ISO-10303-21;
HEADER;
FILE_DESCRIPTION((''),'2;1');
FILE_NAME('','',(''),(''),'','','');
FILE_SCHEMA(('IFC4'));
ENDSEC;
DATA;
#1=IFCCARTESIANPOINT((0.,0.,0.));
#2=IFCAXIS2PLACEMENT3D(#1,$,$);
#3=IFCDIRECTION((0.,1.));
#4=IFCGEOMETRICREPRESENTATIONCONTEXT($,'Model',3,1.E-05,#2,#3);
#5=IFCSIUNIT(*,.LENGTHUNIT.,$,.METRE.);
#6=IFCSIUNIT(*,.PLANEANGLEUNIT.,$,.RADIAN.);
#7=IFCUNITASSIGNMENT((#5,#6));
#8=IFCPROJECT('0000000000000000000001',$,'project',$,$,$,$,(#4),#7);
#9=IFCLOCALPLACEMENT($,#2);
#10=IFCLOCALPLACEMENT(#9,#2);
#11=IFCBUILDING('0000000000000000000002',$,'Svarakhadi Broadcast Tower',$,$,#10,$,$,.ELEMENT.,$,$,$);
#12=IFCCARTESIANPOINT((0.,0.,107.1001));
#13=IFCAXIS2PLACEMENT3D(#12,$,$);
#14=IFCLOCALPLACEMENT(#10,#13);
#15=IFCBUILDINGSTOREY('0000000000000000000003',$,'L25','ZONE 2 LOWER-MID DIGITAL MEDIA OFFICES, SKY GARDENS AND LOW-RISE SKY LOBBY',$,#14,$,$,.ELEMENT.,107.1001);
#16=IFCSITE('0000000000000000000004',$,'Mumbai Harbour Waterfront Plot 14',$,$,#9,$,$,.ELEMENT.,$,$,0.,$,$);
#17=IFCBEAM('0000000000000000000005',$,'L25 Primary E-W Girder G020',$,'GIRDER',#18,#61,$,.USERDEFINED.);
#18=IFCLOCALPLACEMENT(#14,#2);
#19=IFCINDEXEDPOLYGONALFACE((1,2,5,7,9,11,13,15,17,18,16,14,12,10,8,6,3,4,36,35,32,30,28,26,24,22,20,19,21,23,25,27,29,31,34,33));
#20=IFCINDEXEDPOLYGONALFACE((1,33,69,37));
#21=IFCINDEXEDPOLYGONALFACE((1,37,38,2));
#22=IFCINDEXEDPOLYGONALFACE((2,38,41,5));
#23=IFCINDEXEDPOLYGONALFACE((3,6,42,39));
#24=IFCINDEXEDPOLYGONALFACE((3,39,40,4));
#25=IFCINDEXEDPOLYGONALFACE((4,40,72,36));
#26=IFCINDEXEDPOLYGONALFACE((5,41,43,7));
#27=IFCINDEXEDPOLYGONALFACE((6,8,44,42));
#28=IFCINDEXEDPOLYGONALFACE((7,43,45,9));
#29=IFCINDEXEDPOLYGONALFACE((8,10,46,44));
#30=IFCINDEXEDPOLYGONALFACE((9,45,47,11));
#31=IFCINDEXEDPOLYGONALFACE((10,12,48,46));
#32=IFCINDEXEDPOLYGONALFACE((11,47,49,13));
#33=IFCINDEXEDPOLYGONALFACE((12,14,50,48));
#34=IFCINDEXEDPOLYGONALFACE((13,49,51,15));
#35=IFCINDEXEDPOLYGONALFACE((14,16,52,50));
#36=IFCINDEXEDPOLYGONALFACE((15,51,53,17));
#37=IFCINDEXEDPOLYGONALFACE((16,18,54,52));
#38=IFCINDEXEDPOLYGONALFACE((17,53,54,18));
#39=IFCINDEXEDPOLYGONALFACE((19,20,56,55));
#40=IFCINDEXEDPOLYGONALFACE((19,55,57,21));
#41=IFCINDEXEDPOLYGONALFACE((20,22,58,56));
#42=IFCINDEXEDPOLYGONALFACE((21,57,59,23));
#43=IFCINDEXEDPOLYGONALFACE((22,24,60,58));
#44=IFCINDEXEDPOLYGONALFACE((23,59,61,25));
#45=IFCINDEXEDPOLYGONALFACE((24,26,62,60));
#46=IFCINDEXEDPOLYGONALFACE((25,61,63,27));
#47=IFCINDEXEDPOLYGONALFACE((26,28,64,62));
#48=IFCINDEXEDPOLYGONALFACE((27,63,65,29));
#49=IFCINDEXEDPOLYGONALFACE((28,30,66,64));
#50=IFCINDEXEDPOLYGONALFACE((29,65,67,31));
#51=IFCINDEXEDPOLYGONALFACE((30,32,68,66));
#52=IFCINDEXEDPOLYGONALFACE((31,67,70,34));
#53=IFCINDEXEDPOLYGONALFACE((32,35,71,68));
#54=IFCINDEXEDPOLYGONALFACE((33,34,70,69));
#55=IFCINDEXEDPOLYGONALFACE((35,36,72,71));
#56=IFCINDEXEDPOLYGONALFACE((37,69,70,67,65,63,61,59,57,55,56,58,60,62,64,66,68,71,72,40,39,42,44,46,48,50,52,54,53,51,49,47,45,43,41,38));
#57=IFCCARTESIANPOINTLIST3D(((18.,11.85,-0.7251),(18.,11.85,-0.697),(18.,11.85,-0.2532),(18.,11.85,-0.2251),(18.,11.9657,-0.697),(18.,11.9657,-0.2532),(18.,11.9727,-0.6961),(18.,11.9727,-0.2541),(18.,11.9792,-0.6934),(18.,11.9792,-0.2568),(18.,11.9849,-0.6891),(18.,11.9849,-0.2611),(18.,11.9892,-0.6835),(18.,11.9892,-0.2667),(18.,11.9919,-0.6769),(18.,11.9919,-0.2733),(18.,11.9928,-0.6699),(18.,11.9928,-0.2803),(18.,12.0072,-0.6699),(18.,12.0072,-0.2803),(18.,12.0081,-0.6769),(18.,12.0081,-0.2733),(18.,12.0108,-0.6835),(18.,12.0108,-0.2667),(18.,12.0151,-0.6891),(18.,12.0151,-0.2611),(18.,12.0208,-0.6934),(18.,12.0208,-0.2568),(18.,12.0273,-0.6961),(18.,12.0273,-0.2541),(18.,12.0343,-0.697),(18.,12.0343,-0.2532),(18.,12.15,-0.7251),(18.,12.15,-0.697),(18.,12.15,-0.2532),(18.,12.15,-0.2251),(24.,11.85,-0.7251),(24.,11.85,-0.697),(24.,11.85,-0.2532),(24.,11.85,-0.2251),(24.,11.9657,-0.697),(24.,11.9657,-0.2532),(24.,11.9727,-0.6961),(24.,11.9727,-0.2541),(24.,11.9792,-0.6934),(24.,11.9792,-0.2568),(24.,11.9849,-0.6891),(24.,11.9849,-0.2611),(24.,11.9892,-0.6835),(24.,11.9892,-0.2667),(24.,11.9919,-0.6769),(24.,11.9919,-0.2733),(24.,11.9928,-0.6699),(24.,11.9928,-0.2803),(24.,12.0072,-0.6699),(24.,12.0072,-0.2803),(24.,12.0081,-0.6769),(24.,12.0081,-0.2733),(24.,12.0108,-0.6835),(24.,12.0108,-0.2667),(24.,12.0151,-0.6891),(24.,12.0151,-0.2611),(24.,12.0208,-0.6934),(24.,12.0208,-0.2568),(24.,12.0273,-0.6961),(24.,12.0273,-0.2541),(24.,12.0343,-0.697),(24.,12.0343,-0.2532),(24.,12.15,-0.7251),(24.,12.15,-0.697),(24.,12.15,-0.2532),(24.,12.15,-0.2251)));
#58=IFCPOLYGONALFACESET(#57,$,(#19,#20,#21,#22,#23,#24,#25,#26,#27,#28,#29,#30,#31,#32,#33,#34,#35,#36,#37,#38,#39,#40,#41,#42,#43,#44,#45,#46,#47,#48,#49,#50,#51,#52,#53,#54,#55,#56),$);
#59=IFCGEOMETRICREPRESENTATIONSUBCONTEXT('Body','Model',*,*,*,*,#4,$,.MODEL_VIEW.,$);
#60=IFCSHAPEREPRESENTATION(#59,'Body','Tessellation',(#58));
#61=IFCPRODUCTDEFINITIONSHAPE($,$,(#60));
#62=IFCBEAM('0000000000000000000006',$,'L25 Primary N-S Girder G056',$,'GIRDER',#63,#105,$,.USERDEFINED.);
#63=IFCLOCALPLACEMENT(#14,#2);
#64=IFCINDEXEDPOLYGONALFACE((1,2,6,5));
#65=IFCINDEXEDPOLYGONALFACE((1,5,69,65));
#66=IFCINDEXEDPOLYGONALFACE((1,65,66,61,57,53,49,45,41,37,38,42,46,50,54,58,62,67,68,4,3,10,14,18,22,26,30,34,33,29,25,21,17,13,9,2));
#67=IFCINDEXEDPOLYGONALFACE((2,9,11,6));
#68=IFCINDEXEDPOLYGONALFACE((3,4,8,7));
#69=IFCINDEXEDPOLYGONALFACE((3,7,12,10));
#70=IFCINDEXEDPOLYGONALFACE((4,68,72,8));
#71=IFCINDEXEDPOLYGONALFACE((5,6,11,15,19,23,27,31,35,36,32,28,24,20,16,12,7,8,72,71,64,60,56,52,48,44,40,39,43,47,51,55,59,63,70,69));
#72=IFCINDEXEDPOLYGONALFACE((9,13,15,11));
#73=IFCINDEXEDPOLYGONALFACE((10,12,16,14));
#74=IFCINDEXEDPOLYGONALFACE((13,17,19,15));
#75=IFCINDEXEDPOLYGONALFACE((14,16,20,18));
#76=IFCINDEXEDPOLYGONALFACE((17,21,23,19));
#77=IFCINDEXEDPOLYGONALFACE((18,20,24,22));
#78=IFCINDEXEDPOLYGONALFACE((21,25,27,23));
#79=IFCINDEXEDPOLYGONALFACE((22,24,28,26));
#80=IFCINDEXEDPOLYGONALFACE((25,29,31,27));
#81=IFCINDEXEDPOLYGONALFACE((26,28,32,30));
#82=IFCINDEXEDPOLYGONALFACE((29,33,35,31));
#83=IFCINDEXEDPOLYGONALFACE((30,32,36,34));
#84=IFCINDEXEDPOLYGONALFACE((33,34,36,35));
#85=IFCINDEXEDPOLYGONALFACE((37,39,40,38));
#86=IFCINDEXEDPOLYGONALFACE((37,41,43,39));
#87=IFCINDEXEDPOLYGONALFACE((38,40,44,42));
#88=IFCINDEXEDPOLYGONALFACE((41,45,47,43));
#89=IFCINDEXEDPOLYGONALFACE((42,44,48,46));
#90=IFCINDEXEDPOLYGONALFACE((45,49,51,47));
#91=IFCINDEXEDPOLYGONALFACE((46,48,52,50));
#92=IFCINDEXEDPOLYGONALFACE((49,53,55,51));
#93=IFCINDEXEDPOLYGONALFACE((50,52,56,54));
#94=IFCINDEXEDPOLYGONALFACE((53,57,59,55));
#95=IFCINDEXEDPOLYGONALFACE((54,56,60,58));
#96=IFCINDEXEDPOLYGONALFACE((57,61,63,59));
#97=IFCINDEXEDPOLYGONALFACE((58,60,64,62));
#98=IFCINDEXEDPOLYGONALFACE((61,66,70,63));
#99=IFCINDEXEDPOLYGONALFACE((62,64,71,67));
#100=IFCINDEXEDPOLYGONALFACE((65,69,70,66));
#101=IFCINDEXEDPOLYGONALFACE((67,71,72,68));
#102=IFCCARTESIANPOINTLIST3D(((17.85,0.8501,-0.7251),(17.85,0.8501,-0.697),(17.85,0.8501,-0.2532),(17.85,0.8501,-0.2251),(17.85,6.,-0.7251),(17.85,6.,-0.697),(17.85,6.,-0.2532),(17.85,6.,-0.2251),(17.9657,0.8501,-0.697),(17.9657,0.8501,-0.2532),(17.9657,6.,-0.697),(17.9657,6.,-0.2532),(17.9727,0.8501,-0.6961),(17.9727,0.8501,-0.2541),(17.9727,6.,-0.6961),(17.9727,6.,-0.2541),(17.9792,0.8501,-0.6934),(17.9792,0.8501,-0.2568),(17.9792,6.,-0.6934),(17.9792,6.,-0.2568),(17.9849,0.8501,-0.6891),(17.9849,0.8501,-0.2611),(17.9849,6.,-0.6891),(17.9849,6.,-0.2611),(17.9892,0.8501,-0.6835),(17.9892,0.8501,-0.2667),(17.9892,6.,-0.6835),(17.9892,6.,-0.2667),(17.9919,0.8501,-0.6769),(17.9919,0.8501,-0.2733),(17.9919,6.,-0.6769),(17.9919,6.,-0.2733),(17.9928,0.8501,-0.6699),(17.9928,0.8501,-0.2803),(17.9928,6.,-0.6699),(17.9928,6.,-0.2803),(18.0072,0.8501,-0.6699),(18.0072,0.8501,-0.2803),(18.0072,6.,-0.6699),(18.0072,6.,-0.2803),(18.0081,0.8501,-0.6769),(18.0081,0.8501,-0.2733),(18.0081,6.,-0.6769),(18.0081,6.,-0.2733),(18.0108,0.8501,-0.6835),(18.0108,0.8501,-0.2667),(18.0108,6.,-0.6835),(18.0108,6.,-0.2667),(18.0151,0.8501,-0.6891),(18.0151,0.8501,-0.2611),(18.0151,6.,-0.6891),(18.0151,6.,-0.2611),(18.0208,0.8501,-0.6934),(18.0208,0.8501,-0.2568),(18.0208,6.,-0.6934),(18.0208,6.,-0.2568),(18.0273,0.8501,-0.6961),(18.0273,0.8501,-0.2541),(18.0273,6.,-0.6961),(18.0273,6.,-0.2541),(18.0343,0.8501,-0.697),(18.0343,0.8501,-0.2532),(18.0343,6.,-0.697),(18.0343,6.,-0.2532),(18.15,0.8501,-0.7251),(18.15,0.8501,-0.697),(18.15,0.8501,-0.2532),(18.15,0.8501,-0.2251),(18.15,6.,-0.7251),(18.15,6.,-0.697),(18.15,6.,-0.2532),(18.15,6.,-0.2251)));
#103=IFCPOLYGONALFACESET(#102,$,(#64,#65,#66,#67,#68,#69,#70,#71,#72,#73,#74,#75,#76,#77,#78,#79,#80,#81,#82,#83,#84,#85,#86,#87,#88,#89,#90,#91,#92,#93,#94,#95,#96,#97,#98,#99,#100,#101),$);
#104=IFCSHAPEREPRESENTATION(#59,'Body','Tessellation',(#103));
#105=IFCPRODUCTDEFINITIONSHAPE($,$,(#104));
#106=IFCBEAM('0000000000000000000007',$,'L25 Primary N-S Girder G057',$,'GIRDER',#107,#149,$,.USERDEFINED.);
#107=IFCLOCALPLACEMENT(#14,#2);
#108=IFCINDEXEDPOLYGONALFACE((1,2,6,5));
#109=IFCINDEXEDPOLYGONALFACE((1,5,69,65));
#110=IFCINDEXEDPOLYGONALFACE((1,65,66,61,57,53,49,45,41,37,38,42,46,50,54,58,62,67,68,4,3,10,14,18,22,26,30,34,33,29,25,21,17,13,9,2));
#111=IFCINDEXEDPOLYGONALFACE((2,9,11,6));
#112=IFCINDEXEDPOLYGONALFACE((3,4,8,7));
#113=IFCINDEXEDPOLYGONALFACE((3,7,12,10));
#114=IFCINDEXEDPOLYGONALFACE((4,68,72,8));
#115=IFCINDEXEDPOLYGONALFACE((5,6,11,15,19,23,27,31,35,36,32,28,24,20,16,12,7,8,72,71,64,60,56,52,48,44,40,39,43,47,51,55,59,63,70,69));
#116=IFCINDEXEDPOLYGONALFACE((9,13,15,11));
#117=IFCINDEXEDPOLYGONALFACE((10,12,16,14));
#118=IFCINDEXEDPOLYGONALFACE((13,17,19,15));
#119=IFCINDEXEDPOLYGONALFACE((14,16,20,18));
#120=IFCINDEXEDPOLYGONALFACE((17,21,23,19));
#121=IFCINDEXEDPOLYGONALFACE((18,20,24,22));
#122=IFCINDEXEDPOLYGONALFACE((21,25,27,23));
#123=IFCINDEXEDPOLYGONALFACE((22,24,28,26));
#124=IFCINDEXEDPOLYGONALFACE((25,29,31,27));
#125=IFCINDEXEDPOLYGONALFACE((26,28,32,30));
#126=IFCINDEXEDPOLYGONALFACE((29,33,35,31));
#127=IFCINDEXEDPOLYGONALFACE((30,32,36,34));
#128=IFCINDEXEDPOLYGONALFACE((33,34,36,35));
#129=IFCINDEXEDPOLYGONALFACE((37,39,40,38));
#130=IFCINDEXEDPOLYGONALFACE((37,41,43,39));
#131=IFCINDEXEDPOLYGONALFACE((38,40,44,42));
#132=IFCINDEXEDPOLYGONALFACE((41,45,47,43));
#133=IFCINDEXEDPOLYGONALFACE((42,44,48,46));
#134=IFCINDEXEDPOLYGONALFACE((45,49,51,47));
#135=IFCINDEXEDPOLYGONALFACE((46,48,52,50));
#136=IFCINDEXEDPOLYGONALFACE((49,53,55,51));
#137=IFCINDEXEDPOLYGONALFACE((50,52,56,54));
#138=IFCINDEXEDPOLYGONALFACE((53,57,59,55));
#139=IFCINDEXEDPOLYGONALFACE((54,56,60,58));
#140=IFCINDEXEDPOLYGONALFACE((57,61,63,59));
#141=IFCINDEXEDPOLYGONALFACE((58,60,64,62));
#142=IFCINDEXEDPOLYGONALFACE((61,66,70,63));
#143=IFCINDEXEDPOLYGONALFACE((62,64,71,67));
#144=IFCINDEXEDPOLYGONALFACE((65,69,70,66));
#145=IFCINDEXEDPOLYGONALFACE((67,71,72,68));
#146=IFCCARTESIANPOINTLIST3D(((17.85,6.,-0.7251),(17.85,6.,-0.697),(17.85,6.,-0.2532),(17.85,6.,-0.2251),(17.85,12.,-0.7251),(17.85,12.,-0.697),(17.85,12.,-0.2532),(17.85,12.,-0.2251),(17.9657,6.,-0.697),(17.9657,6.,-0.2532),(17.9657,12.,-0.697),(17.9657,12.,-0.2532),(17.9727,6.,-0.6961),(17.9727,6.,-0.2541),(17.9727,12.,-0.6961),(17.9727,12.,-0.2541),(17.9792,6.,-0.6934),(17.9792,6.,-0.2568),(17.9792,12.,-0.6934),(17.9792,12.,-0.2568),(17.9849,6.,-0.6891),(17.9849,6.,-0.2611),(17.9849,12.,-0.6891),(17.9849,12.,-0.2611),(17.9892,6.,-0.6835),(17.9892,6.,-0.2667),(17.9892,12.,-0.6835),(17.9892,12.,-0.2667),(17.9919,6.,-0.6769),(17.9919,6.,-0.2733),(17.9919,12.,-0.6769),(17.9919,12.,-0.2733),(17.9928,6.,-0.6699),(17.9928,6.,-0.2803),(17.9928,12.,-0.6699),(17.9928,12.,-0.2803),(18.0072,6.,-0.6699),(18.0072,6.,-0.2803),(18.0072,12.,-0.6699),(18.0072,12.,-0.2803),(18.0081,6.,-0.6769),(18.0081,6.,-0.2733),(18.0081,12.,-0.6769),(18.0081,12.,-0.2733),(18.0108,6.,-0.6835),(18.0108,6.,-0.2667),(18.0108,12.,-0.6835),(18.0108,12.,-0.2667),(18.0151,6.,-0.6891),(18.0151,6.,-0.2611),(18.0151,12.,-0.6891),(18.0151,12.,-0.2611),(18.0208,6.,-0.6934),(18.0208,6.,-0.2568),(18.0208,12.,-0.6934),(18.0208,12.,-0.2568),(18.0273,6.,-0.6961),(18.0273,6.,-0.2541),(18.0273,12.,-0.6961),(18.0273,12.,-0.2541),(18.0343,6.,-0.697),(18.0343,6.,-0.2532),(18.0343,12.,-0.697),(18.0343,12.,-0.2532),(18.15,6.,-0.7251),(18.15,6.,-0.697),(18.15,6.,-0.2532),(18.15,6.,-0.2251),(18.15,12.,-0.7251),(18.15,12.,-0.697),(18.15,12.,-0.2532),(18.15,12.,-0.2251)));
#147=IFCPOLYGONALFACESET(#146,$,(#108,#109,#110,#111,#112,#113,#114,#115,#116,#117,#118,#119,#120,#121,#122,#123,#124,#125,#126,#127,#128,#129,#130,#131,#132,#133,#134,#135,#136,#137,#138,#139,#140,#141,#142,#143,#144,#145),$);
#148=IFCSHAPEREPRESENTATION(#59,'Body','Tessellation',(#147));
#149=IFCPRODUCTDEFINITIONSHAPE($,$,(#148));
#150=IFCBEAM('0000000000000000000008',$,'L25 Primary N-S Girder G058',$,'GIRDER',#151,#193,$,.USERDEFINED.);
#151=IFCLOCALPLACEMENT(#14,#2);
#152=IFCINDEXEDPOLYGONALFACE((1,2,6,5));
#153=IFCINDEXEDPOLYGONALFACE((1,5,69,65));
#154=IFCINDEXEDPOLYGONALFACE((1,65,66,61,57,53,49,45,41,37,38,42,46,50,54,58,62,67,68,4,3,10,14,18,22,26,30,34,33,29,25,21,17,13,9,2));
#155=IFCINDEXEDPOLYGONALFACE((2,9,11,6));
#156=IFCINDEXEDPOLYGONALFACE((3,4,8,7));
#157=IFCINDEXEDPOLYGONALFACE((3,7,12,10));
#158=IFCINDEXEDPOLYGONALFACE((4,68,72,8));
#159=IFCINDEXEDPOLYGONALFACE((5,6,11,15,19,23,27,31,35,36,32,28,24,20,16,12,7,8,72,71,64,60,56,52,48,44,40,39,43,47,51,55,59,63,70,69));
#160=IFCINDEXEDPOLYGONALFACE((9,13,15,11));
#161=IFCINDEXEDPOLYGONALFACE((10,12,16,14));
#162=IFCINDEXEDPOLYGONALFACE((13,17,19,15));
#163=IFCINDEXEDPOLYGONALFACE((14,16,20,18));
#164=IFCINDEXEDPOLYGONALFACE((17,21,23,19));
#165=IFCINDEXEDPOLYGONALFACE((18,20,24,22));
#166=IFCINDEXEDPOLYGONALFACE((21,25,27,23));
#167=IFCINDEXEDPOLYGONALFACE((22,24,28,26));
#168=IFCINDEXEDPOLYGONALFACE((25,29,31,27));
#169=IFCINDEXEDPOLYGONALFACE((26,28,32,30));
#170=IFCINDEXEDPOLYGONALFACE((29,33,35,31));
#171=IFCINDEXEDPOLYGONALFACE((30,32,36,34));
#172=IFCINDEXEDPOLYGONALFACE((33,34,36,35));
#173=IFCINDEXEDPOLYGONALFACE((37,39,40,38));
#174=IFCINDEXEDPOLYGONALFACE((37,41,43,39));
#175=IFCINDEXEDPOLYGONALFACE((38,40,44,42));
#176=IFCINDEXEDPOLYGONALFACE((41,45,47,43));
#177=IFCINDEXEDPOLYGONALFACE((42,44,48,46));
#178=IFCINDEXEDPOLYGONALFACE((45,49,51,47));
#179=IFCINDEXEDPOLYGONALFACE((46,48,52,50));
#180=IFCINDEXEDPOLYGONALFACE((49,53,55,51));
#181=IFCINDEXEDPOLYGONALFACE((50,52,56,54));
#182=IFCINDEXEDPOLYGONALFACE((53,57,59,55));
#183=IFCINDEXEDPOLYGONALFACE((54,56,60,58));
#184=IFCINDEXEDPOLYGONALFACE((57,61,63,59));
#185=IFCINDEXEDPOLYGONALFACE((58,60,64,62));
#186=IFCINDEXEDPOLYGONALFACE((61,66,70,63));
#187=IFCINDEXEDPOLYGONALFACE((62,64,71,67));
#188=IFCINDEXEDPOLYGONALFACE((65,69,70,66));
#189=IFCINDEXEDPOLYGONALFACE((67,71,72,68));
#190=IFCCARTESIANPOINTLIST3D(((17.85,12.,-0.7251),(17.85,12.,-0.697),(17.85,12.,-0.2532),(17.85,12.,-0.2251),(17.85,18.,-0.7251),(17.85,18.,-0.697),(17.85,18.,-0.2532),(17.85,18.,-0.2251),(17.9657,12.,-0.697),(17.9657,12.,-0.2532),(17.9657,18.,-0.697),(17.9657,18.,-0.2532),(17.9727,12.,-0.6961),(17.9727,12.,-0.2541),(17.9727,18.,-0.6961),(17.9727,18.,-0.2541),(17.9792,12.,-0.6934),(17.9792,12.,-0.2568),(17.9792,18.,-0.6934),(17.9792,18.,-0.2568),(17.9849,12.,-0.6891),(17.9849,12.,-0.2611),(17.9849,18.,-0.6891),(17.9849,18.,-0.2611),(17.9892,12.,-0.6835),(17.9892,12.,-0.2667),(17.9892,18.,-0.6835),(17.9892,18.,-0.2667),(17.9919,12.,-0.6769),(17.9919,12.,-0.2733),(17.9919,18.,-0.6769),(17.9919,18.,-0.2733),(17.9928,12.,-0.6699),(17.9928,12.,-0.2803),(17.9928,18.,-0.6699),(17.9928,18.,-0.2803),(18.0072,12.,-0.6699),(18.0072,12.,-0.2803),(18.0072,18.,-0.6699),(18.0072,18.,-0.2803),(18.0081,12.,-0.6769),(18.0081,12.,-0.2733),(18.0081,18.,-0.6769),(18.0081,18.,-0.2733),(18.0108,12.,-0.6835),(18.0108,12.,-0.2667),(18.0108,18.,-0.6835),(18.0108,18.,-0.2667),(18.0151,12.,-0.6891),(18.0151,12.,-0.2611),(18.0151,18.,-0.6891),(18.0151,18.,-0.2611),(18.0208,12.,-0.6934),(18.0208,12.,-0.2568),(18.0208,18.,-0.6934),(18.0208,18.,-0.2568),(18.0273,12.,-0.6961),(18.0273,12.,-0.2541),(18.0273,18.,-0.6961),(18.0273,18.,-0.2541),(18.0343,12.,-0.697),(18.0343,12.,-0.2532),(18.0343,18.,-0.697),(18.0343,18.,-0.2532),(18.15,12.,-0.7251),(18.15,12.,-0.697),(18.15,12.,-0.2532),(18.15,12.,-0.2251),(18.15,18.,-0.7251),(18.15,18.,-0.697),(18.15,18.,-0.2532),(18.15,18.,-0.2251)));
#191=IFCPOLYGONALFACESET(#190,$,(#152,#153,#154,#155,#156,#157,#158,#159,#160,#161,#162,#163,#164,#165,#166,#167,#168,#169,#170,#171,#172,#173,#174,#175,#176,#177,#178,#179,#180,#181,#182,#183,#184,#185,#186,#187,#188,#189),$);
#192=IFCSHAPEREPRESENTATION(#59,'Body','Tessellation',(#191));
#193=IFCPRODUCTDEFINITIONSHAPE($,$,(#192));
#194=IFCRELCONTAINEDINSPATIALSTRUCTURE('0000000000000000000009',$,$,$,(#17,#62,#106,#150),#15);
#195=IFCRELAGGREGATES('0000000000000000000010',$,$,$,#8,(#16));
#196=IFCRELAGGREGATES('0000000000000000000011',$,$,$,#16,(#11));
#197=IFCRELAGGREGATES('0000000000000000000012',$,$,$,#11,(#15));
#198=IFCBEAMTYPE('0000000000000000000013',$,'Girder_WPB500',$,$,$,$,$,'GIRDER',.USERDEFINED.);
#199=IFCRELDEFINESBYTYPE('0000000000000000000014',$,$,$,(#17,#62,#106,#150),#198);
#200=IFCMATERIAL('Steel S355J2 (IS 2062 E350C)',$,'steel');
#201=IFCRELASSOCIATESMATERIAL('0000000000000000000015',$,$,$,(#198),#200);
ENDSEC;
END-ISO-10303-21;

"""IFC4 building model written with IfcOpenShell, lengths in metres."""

from ifc_helpers import new_model, si_unit, direction, frame, origin, origin_2d, place, context, subcontext, project, spatial, i_section, extrude, material, material_profile, profile_set, type_object, element, save


model = new_model("IFC4")

# Units and contexts
model_context = context("Model", 3, precision=1e-05, world=origin(), true_north=direction((0.0, 1.0)))
body_context = subcontext(model_context, "Body", "Model", "MODEL_VIEW")
ifc_project = project(units=[si_unit("LENGTHUNIT", "METRE"), si_unit("PLANEANGLEUNIT", "RADIAN")], contexts=[model_context])

# Site, building, storey
site_placement = place(None, origin())
site = spatial("IfcSite", under=ifc_project, at=site_placement, Name="Mumbai Harbour Waterfront Plot 14", CompositionType="ELEMENT", RefElevation=0.0)
building_placement = place(site_placement, origin())
building = spatial("IfcBuilding", under=site, at=building_placement, Name="Svarakhadi Broadcast Tower", CompositionType="ELEMENT")
storey_placement = place(building_placement, frame((0.0, 0.0, 107.1001)))
storey = spatial("IfcBuildingStorey", under=building, at=storey_placement, Name="L25", Description="ZONE 2 LOWER-MID DIGITAL MEDIA OFFICES, SKY GARDENS AND LOW-RISE SKY LOBBY", CompositionType="ELEMENT", Elevation=107.1001)

# Shared definitions
ifc_material_1 = material(Name="Steel S355J2 (IS 2062 E350C)", Category="steel")

# Beams
ifc_material_profile_1 = material_profile(ifc_material_1, i_section(OverallWidth=0.3, OverallDepth=0.5, WebThickness=0.0144, FlangeThickness=0.0281, FilletRadius=0.0271, at=origin_2d()), Name="WPB 500x300x187")
ifc_profile_set_1 = profile_set([ifc_material_profile_1], Name="Steel S355J2 (IS 2062 E350C)")
beam_type_1 = type_object("IfcBeamType", Name="Girder_WPB500", ElementType="GIRDER", PredefinedType="USERDEFINED", material=ifc_profile_set_1)
for number, where, z_axis, x_axis, name in (
    (1, (18.0, 12.0, -0.4751), (1.0, 0.0, 0.0), (0.0, 1.0, 0.0), "L25 Primary E-W Girder G020"),
):
    element("IfcBeam", number, at=place(storey_placement, frame(where, z_axis=z_axis, x_axis=x_axis)), inside=storey, type_object=beam_type_1, Name=name, ObjectType="GIRDER", PredefinedType="USERDEFINED", context=body_context, shape_type="SweptSolid", body=[
        extrude(i_section(OverallWidth=0.3, OverallDepth=0.5, WebThickness=0.0144, FlangeThickness=0.0281, FilletRadius=0.0271, at=origin_2d()), origin(), (0.0, 0.0, 1.0), 6.0),
    ])
beam_1_placement = place(storey_placement, frame((18.0, 0.8501, -0.4751), z_axis=(0.0, 1.0, 0.0), x_axis=(-1.0, 0.0, 0.0)))
element("IfcBeam", 2, at=beam_1_placement, inside=storey, type_object=beam_type_1, Name="L25 Primary N-S Girder G056", ObjectType="GIRDER", PredefinedType="USERDEFINED", context=body_context, shape_type="SweptSolid", body=[
    extrude(i_section(OverallWidth=0.3, OverallDepth=0.5, WebThickness=0.0144, FlangeThickness=0.0281, FilletRadius=0.0271, at=origin_2d()), origin(), (0.0, 0.0, 1.0), 5.1499),
])
for number, where, z_axis, x_axis, name in (
    (3, (18.0, 6.0, -0.4751), (0.0, 1.0, 0.0), (-1.0, 0.0, 0.0), "L25 Primary N-S Girder G057"),
    (4, (18.0, 12.0, -0.4751), (0.0, 1.0, 0.0), (-1.0, 0.0, 0.0), "L25 Primary N-S Girder G058"),
):
    element("IfcBeam", number, at=place(storey_placement, frame(where, z_axis=z_axis, x_axis=x_axis)), inside=storey, type_object=beam_type_1, Name=name, ObjectType="GIRDER", PredefinedType="USERDEFINED", context=body_context, shape_type="SweptSolid", body=[
        extrude(i_section(OverallWidth=0.3, OverallDepth=0.5, WebThickness=0.0144, FlangeThickness=0.0281, FilletRadius=0.0271, at=origin_2d()), origin(), (0.0, 0.0, 1.0), 6.0),
    ])

save(model, "model.ifc")
